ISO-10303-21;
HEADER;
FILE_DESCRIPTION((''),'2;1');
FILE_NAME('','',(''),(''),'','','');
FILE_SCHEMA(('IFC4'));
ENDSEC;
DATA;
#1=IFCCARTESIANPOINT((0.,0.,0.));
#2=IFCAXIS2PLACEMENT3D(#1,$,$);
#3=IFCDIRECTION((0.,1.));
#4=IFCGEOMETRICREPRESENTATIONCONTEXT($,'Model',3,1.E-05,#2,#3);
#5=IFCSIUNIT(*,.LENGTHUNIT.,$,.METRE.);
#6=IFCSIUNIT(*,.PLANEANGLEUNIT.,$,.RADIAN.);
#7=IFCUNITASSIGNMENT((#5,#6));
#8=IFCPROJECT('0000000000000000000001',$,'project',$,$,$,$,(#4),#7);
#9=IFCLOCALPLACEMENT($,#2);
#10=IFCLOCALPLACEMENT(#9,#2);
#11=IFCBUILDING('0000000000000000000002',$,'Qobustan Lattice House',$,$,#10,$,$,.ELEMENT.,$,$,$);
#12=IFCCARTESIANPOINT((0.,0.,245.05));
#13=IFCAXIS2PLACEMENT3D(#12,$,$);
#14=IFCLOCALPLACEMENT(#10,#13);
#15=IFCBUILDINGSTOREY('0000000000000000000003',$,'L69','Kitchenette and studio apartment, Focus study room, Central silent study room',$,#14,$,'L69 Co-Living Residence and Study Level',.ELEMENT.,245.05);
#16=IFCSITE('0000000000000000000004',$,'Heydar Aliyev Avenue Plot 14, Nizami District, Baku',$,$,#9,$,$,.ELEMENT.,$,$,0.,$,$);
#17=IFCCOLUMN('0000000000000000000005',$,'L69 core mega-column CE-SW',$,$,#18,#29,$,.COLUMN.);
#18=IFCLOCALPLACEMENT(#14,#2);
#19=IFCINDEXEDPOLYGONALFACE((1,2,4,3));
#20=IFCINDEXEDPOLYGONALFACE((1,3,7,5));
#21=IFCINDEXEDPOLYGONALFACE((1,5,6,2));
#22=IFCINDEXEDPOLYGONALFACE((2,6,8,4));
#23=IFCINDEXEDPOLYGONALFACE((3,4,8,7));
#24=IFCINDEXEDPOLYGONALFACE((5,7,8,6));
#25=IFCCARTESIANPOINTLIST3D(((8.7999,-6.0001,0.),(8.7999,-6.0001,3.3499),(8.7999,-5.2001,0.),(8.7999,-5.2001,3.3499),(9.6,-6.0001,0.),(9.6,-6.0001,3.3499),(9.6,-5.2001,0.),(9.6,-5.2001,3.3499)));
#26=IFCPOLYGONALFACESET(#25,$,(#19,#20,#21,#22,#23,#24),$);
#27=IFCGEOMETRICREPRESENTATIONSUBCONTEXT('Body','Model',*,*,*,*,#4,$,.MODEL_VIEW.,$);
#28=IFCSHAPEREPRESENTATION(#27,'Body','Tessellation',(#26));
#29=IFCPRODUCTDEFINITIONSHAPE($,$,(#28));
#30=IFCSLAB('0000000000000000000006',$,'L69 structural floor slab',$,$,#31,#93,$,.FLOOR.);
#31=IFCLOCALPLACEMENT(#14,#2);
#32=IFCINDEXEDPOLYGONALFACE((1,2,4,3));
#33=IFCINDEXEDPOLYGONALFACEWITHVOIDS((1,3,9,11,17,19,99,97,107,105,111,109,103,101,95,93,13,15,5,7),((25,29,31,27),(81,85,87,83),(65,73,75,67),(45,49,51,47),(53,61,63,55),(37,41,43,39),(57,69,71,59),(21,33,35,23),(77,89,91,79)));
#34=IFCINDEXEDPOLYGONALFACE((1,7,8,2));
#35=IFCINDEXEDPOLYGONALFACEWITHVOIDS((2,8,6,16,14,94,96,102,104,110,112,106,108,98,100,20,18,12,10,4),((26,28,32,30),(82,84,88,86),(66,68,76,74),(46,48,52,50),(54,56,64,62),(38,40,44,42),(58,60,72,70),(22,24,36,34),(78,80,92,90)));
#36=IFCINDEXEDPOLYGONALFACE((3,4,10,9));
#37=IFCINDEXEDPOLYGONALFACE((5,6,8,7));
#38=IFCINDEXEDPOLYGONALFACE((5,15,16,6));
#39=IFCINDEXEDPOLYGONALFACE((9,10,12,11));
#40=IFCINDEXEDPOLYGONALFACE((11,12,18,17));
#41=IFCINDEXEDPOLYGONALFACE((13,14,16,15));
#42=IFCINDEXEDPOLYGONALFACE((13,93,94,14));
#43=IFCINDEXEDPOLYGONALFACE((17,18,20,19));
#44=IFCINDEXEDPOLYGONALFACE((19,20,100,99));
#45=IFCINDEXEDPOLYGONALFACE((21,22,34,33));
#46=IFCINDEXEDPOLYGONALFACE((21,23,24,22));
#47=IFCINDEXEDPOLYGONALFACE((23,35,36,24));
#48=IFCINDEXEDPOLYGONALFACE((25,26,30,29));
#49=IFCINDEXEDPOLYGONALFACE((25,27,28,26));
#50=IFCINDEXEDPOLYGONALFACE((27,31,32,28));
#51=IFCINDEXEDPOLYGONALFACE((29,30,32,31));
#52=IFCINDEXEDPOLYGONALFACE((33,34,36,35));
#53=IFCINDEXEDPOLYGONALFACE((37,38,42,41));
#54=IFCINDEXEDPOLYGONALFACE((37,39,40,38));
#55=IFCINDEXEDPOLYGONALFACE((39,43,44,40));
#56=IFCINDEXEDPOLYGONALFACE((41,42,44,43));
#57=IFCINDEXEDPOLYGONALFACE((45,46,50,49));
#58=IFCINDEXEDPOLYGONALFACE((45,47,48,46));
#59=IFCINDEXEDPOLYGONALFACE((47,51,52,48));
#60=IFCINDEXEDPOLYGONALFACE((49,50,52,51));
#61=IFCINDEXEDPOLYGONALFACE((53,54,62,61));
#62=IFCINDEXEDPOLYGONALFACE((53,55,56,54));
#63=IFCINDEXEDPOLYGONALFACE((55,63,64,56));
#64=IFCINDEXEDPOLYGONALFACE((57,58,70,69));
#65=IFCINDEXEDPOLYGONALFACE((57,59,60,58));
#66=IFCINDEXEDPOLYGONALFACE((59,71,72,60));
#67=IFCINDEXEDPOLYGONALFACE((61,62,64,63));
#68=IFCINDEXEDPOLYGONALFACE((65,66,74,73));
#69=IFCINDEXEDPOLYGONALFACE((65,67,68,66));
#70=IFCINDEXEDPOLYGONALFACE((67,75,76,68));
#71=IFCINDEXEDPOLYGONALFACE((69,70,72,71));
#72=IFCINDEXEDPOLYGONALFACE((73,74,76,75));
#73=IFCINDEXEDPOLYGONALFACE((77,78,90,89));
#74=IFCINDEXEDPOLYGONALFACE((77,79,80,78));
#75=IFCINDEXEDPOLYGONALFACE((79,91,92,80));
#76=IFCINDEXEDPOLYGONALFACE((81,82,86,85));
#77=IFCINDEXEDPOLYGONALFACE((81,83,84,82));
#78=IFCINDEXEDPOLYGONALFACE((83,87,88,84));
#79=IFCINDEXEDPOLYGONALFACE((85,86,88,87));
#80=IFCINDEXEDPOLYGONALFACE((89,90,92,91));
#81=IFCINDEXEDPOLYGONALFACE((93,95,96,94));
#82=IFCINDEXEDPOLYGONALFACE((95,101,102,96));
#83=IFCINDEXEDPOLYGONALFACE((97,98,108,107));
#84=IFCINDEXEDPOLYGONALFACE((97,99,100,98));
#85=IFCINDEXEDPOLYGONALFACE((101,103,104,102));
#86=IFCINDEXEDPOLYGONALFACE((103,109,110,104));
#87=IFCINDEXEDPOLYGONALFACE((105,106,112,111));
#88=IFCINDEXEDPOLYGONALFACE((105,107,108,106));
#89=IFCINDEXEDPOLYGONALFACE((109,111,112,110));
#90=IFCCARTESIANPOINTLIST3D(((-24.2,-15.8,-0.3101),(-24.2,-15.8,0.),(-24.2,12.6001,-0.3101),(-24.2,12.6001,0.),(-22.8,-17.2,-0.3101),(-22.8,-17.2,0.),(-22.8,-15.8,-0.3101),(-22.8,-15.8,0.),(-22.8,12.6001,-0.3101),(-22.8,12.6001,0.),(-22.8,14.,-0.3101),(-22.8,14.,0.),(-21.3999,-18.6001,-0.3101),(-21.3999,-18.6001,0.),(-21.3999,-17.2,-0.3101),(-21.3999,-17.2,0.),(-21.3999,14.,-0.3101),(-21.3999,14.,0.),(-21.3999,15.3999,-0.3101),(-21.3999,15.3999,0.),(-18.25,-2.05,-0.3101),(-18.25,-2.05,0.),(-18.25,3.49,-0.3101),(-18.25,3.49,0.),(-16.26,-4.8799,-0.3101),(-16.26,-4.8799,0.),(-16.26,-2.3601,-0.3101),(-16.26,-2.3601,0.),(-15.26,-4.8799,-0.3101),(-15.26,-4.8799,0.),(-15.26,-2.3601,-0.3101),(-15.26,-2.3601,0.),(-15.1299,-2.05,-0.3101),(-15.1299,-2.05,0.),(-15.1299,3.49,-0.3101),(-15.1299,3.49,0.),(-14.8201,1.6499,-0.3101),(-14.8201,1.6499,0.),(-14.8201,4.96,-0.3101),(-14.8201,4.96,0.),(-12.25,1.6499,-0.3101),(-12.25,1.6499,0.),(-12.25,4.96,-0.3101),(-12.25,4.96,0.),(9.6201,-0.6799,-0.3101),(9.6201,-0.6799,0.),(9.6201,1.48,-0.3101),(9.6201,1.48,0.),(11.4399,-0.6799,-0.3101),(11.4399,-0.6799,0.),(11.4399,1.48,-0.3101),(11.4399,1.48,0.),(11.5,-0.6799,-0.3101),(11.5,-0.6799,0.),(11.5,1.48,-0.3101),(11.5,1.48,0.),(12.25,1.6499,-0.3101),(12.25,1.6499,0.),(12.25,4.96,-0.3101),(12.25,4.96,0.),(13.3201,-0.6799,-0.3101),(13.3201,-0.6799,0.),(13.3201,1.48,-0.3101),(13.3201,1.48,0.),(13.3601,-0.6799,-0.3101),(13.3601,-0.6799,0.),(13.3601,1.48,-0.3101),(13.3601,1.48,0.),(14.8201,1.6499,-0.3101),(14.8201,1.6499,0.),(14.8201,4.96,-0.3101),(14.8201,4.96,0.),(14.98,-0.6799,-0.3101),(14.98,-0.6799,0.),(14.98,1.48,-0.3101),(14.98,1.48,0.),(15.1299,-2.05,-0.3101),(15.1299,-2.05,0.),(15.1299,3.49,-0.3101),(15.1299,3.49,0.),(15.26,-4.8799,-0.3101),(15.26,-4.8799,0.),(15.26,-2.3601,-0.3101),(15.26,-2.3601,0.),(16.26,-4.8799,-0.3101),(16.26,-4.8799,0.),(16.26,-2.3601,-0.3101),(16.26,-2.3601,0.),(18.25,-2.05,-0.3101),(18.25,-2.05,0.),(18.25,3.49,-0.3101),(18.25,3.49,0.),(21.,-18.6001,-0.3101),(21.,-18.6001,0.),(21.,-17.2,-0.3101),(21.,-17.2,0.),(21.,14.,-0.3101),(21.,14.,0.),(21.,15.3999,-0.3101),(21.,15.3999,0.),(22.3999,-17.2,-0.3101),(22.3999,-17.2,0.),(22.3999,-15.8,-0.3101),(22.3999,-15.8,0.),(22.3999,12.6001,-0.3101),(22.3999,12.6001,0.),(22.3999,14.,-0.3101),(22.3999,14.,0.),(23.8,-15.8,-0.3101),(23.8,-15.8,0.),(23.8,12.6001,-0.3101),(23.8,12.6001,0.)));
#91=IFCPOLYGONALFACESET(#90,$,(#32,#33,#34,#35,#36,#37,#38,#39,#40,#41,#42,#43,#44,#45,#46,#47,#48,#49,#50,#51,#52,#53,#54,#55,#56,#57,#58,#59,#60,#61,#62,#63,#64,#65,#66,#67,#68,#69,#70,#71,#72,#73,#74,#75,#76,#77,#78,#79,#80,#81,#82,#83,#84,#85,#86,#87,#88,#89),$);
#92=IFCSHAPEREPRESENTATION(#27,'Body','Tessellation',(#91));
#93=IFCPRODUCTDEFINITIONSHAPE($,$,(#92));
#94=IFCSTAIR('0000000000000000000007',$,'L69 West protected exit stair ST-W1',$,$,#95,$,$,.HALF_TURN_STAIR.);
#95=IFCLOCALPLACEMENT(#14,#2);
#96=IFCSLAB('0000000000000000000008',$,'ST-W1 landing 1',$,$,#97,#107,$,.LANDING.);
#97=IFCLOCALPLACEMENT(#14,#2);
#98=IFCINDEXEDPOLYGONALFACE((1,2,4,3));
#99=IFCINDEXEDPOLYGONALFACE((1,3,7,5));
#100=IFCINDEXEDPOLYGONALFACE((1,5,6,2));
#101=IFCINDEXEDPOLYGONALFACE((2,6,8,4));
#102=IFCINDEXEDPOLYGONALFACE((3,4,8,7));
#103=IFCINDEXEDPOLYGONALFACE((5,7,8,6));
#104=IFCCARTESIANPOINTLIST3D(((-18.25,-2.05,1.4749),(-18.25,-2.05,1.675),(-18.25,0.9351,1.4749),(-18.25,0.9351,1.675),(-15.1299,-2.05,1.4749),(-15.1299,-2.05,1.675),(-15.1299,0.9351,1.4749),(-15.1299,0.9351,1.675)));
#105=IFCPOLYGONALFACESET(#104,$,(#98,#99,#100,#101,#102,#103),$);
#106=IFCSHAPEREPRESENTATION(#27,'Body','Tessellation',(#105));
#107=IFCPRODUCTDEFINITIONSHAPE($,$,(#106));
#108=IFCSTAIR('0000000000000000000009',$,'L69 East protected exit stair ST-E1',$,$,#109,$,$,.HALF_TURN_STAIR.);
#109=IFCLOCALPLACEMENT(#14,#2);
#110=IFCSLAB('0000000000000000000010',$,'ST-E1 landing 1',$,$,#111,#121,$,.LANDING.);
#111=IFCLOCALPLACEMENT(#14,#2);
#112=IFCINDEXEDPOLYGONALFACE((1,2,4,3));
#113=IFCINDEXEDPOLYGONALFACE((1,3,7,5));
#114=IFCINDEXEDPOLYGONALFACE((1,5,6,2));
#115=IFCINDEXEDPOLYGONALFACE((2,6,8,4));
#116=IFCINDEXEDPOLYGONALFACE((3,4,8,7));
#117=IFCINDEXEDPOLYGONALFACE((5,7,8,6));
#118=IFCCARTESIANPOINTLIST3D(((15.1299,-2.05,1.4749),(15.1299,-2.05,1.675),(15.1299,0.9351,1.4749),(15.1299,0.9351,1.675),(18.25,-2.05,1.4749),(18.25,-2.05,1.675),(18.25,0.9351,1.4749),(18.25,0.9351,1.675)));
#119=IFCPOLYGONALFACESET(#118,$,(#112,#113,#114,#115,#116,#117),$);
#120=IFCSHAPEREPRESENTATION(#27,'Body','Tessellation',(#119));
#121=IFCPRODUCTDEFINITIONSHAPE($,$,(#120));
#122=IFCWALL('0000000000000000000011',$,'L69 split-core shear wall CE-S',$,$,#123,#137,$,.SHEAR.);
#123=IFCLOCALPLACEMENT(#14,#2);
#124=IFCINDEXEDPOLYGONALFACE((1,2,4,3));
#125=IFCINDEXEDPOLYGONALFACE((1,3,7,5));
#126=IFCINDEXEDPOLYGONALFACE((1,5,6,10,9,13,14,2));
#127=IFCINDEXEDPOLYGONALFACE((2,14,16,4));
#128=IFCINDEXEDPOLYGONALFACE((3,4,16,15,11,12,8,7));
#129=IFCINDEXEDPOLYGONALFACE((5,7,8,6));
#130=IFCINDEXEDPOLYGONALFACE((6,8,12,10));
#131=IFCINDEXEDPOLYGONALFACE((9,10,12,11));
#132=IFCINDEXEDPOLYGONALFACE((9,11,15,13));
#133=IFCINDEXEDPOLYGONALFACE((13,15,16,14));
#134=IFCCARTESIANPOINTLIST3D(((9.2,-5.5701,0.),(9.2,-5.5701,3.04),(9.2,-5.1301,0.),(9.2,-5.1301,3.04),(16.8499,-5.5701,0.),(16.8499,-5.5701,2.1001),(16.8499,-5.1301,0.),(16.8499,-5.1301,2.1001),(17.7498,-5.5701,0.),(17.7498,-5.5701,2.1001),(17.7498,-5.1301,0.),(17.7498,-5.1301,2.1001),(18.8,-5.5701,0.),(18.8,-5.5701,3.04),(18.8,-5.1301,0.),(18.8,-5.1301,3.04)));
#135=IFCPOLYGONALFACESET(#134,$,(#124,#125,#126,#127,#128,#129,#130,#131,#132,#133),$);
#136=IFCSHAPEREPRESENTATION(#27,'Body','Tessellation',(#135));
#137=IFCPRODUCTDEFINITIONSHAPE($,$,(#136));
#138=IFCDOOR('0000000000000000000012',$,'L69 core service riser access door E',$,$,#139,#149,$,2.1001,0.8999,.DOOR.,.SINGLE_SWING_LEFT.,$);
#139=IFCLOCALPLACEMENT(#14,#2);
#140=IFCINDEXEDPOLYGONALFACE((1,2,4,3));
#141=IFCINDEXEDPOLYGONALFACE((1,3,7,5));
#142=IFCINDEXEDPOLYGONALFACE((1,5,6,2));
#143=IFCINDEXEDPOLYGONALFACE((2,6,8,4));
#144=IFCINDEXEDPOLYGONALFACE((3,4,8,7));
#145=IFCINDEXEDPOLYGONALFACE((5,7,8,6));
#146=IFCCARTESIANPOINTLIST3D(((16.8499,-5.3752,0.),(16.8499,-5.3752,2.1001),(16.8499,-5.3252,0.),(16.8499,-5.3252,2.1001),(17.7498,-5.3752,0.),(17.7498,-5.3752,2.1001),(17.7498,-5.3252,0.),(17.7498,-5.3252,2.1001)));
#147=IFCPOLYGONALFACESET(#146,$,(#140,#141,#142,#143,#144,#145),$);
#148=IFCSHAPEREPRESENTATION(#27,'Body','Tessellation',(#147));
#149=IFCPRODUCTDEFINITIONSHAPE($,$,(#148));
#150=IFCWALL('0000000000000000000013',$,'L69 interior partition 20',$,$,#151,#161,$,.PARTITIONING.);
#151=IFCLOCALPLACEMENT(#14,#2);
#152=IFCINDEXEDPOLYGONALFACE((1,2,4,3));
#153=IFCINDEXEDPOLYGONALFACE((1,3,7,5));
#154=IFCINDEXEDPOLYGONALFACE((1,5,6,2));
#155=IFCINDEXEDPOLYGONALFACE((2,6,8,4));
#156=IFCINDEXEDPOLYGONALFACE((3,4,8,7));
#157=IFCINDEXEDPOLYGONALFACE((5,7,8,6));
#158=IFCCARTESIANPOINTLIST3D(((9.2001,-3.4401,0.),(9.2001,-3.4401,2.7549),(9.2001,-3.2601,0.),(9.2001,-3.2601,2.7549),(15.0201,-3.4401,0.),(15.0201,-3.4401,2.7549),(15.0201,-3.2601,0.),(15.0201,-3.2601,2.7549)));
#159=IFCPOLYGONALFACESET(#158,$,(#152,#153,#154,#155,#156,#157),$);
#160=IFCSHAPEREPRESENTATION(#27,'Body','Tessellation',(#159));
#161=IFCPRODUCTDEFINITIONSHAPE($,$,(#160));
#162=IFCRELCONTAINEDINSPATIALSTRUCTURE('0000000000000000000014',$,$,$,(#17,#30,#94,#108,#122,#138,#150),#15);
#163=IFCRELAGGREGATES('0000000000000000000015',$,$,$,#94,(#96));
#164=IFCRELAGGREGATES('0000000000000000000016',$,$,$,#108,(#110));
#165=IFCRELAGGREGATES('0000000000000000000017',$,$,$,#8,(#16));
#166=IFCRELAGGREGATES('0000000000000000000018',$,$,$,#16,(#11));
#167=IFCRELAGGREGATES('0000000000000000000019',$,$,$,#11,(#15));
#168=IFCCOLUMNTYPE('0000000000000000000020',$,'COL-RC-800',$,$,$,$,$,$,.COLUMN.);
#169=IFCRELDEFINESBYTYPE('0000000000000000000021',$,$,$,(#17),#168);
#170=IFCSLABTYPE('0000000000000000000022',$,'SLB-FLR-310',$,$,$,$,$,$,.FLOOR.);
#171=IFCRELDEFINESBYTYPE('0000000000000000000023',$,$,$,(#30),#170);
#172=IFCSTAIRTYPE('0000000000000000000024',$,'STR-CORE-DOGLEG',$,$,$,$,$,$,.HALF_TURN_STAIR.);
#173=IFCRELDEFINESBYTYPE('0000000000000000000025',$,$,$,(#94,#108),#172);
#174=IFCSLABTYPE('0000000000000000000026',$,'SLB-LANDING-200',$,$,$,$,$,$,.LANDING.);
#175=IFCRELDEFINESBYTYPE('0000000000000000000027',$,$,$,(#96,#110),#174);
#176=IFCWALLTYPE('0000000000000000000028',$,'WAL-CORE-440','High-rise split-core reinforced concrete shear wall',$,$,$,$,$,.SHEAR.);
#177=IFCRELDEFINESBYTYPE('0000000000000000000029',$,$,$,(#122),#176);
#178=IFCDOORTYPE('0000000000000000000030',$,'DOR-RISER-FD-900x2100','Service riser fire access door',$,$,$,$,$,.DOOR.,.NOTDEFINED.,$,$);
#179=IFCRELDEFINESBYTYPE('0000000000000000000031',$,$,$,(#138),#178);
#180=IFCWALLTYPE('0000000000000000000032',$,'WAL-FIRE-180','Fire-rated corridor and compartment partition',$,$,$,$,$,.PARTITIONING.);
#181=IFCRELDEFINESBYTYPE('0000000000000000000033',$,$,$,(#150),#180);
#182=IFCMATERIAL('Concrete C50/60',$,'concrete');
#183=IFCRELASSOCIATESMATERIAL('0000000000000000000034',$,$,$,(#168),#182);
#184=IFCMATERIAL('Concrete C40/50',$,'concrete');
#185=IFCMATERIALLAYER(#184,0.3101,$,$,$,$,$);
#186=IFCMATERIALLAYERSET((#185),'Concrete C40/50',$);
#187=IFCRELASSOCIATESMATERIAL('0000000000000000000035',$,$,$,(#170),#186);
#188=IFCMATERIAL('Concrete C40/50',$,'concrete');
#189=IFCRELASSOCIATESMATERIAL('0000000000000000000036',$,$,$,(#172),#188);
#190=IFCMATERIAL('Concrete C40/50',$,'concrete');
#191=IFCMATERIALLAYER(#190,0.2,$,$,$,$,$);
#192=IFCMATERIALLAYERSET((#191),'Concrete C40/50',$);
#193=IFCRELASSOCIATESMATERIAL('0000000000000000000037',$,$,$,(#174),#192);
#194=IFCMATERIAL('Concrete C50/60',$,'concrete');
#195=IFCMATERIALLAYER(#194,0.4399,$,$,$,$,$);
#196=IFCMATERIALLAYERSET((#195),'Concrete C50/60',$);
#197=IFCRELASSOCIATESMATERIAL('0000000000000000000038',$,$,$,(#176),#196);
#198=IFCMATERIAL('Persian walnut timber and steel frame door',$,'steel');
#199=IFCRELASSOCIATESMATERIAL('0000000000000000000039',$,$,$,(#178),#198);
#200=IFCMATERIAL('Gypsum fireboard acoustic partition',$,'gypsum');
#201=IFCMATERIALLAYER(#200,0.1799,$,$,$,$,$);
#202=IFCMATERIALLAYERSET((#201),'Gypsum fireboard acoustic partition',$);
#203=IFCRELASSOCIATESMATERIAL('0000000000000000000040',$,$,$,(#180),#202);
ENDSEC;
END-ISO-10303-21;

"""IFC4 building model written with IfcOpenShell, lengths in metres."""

from ifc_helpers import new_model, si_unit, direction, frame, frame_2d, origin, origin_2d, place, context, subcontext, project, spatial, polyline, rectangle, outline, extrude, material, layer, layer_set, material_profile, profile_set, type_object, element, fill, aggregate, save


model = new_model("IFC4")

# Units and contexts
model_context = context("Model", 3, precision=1e-05, world=origin(), true_north=direction((0.0, 1.0)))
body_context = subcontext(model_context, "Body", "Model", "MODEL_VIEW")
ifc_project = project(units=[si_unit("LENGTHUNIT", "METRE"), si_unit("PLANEANGLEUNIT", "RADIAN")], contexts=[model_context])

# Site, building, storey
site_placement = place(None, origin())
site = spatial("IfcSite", under=ifc_project, at=site_placement, Name="Heydar Aliyev Avenue Plot 14, Nizami District, Baku", CompositionType="ELEMENT", RefElevation=0.0)
building_placement = place(site_placement, origin())
building = spatial("IfcBuilding", under=site, at=building_placement, Name="Qobustan Lattice House", CompositionType="ELEMENT")
storey_placement = place(building_placement, frame((0.0, 0.0, 245.05)))
storey = spatial("IfcBuildingStorey", under=building, at=storey_placement, Name="L69", Description="Kitchenette and studio apartment, Focus study room, Central silent study room", LongName="L69 Co-Living Residence and Study Level", CompositionType="ELEMENT", Elevation=245.05)

# Column
ifc_material_1 = material(Name="Concrete C50/60", Category="concrete")
ifc_material_profile = material_profile(ifc_material_1, rectangle(XDim=0.8, YDim=0.8, at=origin_2d()), Name="RC800x800")
ifc_profile_set = profile_set([ifc_material_profile], Name="Concrete C50/60")
column_type = type_object("IfcColumnType", Name="COL-RC-800", PredefinedType="COLUMN", material=ifc_profile_set)
column_placement = place(storey_placement, frame((9.2, -5.6001, 0.0), z_axis=(0.0, 0.0, 1.0), x_axis=(1.0, 0.0, 0.0)))
element("IfcColumn", 1, at=column_placement, inside=storey, type_object=column_type, Name="L69 core mega-column CE-SW", PredefinedType="COLUMN", context=body_context, shape_type="SweptSolid", body=[
    extrude(rectangle(XDim=0.8, YDim=0.8, at=origin_2d()), origin(), (0.0, 0.0, 1.0), 3.3499),
])

# Slab
ifc_material_2 = material(Name="Concrete C40/50", Category="concrete")
ifc_layer_1 = layer(ifc_material_2, 0.3101)
ifc_layer_set_1 = layer_set([ifc_layer_1], Name="Concrete C40/50")
slab_type_1 = type_object("IfcSlabType", Name="SLB-FLR-310", PredefinedType="FLOOR", material=ifc_layer_set_1)
slab_1_placement = place(storey_placement, frame((0.0, 0.0, -0.3101)))
element("IfcSlab", 2, at=slab_1_placement, inside=storey, type_object=slab_type_1, Name="L69 structural floor slab", PredefinedType="FLOOR", context=body_context, shape_type="SweptSolid", body=[
    extrude(outline(polyline([(-21.3999, -18.6001), (21.0, -18.6001), (21.0, -17.2), (22.3999, -17.2), (22.3999, -15.8), (23.8, -15.8), (23.8, 12.6001), (22.3999, 12.6001), (22.3999, 14.0), (21.0, 14.0), (21.0, 15.3999), (-21.3999, 15.3999), (-21.3999, 14.0), (-22.8, 14.0), (-22.8, 12.6001), (-24.2, 12.6001), (-24.2, -15.8), (-22.8, -15.8), (-22.8, -17.2), (-21.3999, -17.2), (-21.3999, -18.6001)]), holes=[polyline([(-18.25, -2.05), (-18.25, 3.49), (-15.1299, 3.49), (-15.1299, -2.05), (-18.25, -2.05)]), polyline([(15.1299, -2.05), (15.1299, 3.49), (18.25, 3.49), (18.25, -2.05), (15.1299, -2.05)]), polyline([(-14.8201, 1.6499), (-14.8201, 4.96), (-12.25, 4.96), (-12.25, 1.6499), (-14.8201, 1.6499)]), polyline([(12.25, 1.6499), (12.25, 4.96), (14.8201, 4.96), (14.8201, 1.6499), (12.25, 1.6499)]), polyline([(-16.26, -4.8799), (-16.26, -2.3601), (-15.26, -2.3601), (-15.26, -4.8799), (-16.26, -4.8799)]), polyline([(15.26, -4.8799), (15.26, -2.3601), (16.26, -2.3601), (16.26, -4.8799), (15.26, -4.8799)]), polyline([(13.3601, -0.6799), (13.3601, 1.48), (14.98, 1.48), (14.98, -0.6799), (13.3601, -0.6799)]), polyline([(9.6201, -0.6799), (9.6201, 1.48), (11.4399, 1.48), (11.4399, -0.6799), (9.6201, -0.6799)]), polyline([(11.5, -0.6799), (11.5, 1.48), (13.3201, 1.48), (13.3201, -0.6799), (11.5, -0.6799)])]), origin(), (0.0, 0.0, 1.0), 0.3101),
])

# Stairs, slabs
ifc_material_3 = material(Name="Concrete C40/50", Category="concrete")
stair_type = type_object("IfcStairType", Name="STR-CORE-DOGLEG", PredefinedType="HALF_TURN_STAIR", material=ifc_material_3)
stair_1_placement = place(storey_placement, origin())
stair_1 = element("IfcStair", 3, at=stair_1_placement, inside=storey, type_object=stair_type, Name="L69 West protected exit stair ST-W1", PredefinedType="HALF_TURN_STAIR")
ifc_material_4 = material(Name="Concrete C40/50", Category="concrete")
ifc_layer_2 = layer(ifc_material_4, 0.2)
ifc_layer_set_2 = layer_set([ifc_layer_2], Name="Concrete C40/50")
slab_type_2 = type_object("IfcSlabType", Name="SLB-LANDING-200", PredefinedType="LANDING", material=ifc_layer_set_2)
slab_2_placement = place(storey_placement, frame((0.0, 0.0, 1.4749)))
slab_2 = element("IfcSlab", 4, at=slab_2_placement, type_object=slab_type_2, Name="ST-W1 landing 1", PredefinedType="LANDING", context=body_context, shape_type="SweptSolid", body=[
    extrude(outline(polyline([(-18.25, 0.9351), (-18.25, -2.05), (-15.1299, -2.05), (-15.1299, 0.9351), (-18.25, 0.9351)])), origin(), (0.0, 0.0, 1.0), 0.2002),
])
aggregate(stair_1, [slab_2])
stair_2_placement = place(storey_placement, origin())
stair_2 = element("IfcStair", 5, at=stair_2_placement, inside=storey, type_object=stair_type, Name="L69 East protected exit stair ST-E1", PredefinedType="HALF_TURN_STAIR")
slab_3_placement = place(storey_placement, frame((0.0, 0.0, 1.4749)))
slab_3 = element("IfcSlab", 6, at=slab_3_placement, type_object=slab_type_2, Name="ST-E1 landing 1", PredefinedType="LANDING", context=body_context, shape_type="SweptSolid", body=[
    extrude(outline(polyline([(15.1299, 0.9351), (15.1299, -2.05), (18.25, -2.05), (18.25, 0.9351), (15.1299, 0.9351)])), origin(), (0.0, 0.0, 1.0), 0.2002),
])
aggregate(stair_2, [slab_3])

# Wall, opening, door
ifc_material_5 = material(Name="Concrete C50/60", Category="concrete")
ifc_layer_3 = layer(ifc_material_5, 0.4399)
ifc_layer_set_3 = layer_set([ifc_layer_3], Name="Concrete C50/60")
wall_type_1 = type_object("IfcWallType", Name="WAL-CORE-440", Description="High-rise split-core reinforced concrete shear wall", PredefinedType="SHEAR", material=ifc_layer_set_3)
wall_1_placement = place(storey_placement, frame((9.2, -5.3501, 0.0), z_axis=(0.0, 0.0, 1.0), x_axis=(1.0, 0.0, 0.0)))
wall_1 = element("IfcWall", 7, at=wall_1_placement, inside=storey, type_object=wall_type_1, Name="L69 split-core shear wall CE-S", PredefinedType="SHEAR", context=body_context, shape_type="SweptSolid", body=[
    extrude(rectangle(XDim=9.6001, YDim=0.4399, at=frame_2d((4.8, 0.0))), origin(), (0.0, 0.0, 1.0), 3.04),
])
opening_1_placement = place(wall_1_placement, frame((7.6499, 0.0, 0.0)))
opening_1 = element("IfcOpeningElement", 8, at=opening_1_placement, cuts=wall_1, PredefinedType="OPENING", context=body_context, shape_type="SweptSolid", body=[
    extrude(rectangle(XDim=0.8999, YDim=2.1001, at=frame_2d((0.45, 1.05))), frame((0.0, 0.23, 0.0), z_axis=(0.0, -1.0, 0.0), x_axis=(1.0, 0.0, 0.0)), (0.0, 0.0, 1.0), 0.46),
])
ifc_material_6 = material(Name="Persian walnut timber and steel frame door", Category="steel")
door_type_1 = type_object("IfcDoorType", Name="DOR-RISER-FD-900x2100", Description="Service riser fire access door", OperationType="NOTDEFINED", PredefinedType="DOOR", material=ifc_material_6)
door_1_placement = place(opening_1_placement, origin())
door_1 = element("IfcDoor", 9, at=door_1_placement, inside=storey, type_object=door_type_1, Name="L69 core service riser access door E", OperationType="SINGLE_SWING_LEFT", OverallHeight=2.1001, OverallWidth=0.8999, PredefinedType="DOOR", context=body_context, shape_type="SweptSolid", body=[
    extrude(rectangle(XDim=0.8999, YDim=2.1001, at=frame_2d((0.45, 1.05))), frame((0.0, 0.0249, 0.0), z_axis=(0.0, -1.0, 0.0), x_axis=(1.0, 0.0, 0.0)), (0.0, 0.0, 1.0), 0.05),
])
fill(opening_1, door_1)

# Wall
ifc_material_7 = material(Name="Gypsum fireboard acoustic partition", Category="gypsum")
ifc_layer_4 = layer(ifc_material_7, 0.1799)
ifc_layer_set_4 = layer_set([ifc_layer_4], Name="Gypsum fireboard acoustic partition")
wall_type_2 = type_object("IfcWallType", Name="WAL-FIRE-180", Description="Fire-rated corridor and compartment partition", PredefinedType="PARTITIONING", material=ifc_layer_set_4)
wall_2_placement = place(storey_placement, frame((9.2, -3.3501, 0.0), z_axis=(0.0, 0.0, 1.0), x_axis=(1.0, 0.0, 0.0)))
element("IfcWall", 10, at=wall_2_placement, inside=storey, type_object=wall_type_2, Name="L69 interior partition 20", PredefinedType="PARTITIONING", context=body_context, shape_type="SweptSolid", body=[
    extrude(rectangle(XDim=5.8201, YDim=0.1799, at=frame_2d((2.9102, 0.0))), origin(), (0.0, 0.0, 1.0), 2.7549),
])

save(model, "model.ifc")
